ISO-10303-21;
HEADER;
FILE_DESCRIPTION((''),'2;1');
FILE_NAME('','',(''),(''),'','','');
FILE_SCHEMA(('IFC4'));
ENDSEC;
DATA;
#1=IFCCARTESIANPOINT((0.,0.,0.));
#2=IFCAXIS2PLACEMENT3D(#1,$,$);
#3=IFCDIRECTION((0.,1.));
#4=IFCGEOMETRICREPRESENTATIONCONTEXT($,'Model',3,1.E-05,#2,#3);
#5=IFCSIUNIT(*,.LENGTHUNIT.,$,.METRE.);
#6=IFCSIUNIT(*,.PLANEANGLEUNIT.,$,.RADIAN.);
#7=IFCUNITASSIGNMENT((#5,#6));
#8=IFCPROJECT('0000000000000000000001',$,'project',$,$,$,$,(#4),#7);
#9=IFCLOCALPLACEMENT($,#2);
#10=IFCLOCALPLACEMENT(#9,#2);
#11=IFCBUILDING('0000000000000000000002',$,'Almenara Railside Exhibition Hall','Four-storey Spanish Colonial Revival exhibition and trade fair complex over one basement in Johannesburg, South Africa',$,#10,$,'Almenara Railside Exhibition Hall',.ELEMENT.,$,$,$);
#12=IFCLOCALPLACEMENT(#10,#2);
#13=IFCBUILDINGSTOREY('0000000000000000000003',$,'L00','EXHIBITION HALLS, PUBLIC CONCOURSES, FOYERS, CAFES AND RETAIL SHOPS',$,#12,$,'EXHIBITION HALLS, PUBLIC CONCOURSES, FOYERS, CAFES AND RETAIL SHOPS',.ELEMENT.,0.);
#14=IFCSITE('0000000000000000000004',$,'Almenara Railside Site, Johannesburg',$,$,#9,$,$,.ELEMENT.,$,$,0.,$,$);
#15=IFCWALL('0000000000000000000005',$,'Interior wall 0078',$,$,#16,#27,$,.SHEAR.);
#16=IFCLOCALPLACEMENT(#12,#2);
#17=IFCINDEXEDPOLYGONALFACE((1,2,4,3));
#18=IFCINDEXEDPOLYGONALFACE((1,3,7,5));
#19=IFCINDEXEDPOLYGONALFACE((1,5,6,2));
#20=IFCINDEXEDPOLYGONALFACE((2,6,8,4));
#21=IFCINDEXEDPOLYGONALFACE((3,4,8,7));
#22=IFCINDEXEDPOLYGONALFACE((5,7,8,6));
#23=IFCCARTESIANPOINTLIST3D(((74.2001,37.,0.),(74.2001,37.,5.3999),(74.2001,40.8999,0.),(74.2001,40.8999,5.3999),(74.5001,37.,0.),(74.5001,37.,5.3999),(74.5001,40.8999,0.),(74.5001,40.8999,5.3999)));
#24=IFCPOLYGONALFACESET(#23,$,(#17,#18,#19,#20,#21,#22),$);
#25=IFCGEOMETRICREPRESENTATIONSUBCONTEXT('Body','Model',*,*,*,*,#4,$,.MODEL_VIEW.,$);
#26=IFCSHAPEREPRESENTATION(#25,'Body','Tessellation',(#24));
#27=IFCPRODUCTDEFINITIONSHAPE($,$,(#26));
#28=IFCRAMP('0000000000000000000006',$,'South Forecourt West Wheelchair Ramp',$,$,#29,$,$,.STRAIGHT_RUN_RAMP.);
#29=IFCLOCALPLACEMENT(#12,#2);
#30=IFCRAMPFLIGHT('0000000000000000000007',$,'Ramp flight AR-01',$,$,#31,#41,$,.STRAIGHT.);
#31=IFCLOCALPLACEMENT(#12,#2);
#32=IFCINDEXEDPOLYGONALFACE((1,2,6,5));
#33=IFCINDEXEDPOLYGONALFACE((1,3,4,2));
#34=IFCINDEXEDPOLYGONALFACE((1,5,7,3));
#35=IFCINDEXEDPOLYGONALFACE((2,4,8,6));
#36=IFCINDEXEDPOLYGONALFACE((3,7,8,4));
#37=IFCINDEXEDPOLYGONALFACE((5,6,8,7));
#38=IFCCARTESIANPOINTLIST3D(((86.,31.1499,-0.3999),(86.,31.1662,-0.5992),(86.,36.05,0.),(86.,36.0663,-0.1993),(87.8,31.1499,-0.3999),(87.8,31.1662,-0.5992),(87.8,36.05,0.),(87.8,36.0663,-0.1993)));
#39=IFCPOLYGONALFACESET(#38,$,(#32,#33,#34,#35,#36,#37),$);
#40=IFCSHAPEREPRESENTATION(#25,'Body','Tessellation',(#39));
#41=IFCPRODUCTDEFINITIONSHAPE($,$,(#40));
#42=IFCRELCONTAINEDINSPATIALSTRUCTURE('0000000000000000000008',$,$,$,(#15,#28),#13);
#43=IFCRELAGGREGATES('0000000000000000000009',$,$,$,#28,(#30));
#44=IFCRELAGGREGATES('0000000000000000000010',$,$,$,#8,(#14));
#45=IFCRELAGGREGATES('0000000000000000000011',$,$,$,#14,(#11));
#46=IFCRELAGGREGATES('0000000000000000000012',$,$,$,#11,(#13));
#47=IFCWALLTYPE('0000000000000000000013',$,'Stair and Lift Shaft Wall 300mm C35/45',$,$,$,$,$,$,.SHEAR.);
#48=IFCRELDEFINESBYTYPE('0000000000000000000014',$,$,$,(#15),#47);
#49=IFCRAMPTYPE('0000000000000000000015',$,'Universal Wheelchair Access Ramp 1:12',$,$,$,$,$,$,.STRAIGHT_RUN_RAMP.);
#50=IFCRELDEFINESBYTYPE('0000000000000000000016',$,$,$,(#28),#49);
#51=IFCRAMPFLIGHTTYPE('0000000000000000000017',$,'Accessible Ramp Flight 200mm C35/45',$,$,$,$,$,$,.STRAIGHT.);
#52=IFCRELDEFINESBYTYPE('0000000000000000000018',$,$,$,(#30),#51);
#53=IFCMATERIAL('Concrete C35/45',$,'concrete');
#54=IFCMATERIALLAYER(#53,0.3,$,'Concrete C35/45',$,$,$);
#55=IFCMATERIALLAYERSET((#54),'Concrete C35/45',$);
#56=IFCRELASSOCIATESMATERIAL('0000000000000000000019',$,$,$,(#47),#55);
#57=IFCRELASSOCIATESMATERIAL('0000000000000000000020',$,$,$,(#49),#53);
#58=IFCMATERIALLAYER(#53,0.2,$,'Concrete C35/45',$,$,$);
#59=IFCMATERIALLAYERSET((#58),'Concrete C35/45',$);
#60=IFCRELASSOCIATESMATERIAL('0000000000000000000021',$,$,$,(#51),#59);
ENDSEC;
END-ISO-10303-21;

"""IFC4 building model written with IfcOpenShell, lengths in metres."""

from ifc_helpers import new_model, si_unit, direction, frame, frame_2d, origin, place, context, subcontext, project, spatial, polyline, rectangle, outline, extrude, material, layer, layer_set, type_object, element, aggregate, save


model = new_model("IFC4")

# Units and contexts
model_context = context("Model", 3, precision=1e-05, world=origin(), true_north=direction((0.0, 1.0)))
body_context = subcontext(model_context, "Body", "Model", "MODEL_VIEW")
ifc_project = project(units=[si_unit("LENGTHUNIT", "METRE"), si_unit("PLANEANGLEUNIT", "RADIAN")], contexts=[model_context])

# Site, building, storey
site_placement = place(None, origin())
site = spatial("IfcSite", under=ifc_project, at=site_placement, Name="Almenara Railside Site, Johannesburg", CompositionType="ELEMENT", RefElevation=0.0)
building_placement = place(site_placement, origin())
building = spatial("IfcBuilding", under=site, at=building_placement, Name="Almenara Railside Exhibition Hall", Description="Four-storey Spanish Colonial Revival exhibition and trade fair complex over one basement in Johannesburg, South Africa", LongName="Almenara Railside Exhibition Hall", CompositionType="ELEMENT")
storey_placement = place(building_placement, origin())
storey = spatial("IfcBuildingStorey", under=building, at=storey_placement, Name="L00", Description="EXHIBITION HALLS, PUBLIC CONCOURSES, FOYERS, CAFES AND RETAIL SHOPS", LongName="EXHIBITION HALLS, PUBLIC CONCOURSES, FOYERS, CAFES AND RETAIL SHOPS", CompositionType="ELEMENT", Elevation=0.0)

# Shared definitions
ifc_material_1 = material(Name="Concrete C35/45", Category="concrete")

# Wall
ifc_layer_1 = layer(ifc_material_1, 0.3, Name="Concrete C35/45")
ifc_layer_set_1 = layer_set([ifc_layer_1], Name="Concrete C35/45")
wall_type_1 = type_object("IfcWallType", Name="Stair and Lift Shaft Wall 300mm C35/45", PredefinedType="SHEAR", material=ifc_layer_set_1)
wall_1_placement = place(storey_placement, frame((74.3501, 37.0, 0.0), z_axis=(0.0, 0.0, 1.0), x_axis=(0.0, 1.0, 0.0)))
element("IfcWall", 1, at=wall_1_placement, inside=storey, type_object=wall_type_1, Name="Interior wall 0078", PredefinedType="SHEAR", context=body_context, shape_type="SweptSolid", body=[
    extrude(rectangle(XDim=3.8999, YDim=0.3, at=frame_2d((1.95, 0.0))), origin(), (0.0, 0.0, 1.0), 5.3999),
])

# Ramp, ramp flight
ramp_type = type_object("IfcRampType", Name="Universal Wheelchair Access Ramp 1:12", PredefinedType="STRAIGHT_RUN_RAMP", material=ifc_material_1)
ramp_placement = place(storey_placement, origin())
ramp = element("IfcRamp", 2, at=ramp_placement, inside=storey, type_object=ramp_type, Name="South Forecourt West Wheelchair Ramp", PredefinedType="STRAIGHT_RUN_RAMP")
ifc_layer_2 = layer(ifc_material_1, 0.2, Name="Concrete C35/45")
ifc_layer_set_2 = layer_set([ifc_layer_2], Name="Concrete C35/45")
ramp_flight_type = type_object("IfcRampFlightType", Name="Accessible Ramp Flight 200mm C35/45", PredefinedType="STRAIGHT", material=ifc_layer_set_2)
ramp_flight_placement = place(storey_placement, frame((86.0, 31.1499, -0.3999), z_axis=(0.0, -0.08134, 0.996686), x_axis=(1.0, 0.0, 0.0)))
ramp_flight = element("IfcRampFlight", 3, at=ramp_flight_placement, type_object=ramp_flight_type, Name="Ramp flight AR-01", PredefinedType="STRAIGHT", context=body_context, shape_type="SweptSolid", body=[
    extrude(outline(polyline([(0.0, 0.0), (1.8, 0.0), (1.8, 4.9164), (0.0, 4.9164), (0.0, 0.0)])), origin(), (0.0, 0.0, -1.0), 0.2),
])
aggregate(ramp, [ramp_flight])

save(model, "model.ifc")
